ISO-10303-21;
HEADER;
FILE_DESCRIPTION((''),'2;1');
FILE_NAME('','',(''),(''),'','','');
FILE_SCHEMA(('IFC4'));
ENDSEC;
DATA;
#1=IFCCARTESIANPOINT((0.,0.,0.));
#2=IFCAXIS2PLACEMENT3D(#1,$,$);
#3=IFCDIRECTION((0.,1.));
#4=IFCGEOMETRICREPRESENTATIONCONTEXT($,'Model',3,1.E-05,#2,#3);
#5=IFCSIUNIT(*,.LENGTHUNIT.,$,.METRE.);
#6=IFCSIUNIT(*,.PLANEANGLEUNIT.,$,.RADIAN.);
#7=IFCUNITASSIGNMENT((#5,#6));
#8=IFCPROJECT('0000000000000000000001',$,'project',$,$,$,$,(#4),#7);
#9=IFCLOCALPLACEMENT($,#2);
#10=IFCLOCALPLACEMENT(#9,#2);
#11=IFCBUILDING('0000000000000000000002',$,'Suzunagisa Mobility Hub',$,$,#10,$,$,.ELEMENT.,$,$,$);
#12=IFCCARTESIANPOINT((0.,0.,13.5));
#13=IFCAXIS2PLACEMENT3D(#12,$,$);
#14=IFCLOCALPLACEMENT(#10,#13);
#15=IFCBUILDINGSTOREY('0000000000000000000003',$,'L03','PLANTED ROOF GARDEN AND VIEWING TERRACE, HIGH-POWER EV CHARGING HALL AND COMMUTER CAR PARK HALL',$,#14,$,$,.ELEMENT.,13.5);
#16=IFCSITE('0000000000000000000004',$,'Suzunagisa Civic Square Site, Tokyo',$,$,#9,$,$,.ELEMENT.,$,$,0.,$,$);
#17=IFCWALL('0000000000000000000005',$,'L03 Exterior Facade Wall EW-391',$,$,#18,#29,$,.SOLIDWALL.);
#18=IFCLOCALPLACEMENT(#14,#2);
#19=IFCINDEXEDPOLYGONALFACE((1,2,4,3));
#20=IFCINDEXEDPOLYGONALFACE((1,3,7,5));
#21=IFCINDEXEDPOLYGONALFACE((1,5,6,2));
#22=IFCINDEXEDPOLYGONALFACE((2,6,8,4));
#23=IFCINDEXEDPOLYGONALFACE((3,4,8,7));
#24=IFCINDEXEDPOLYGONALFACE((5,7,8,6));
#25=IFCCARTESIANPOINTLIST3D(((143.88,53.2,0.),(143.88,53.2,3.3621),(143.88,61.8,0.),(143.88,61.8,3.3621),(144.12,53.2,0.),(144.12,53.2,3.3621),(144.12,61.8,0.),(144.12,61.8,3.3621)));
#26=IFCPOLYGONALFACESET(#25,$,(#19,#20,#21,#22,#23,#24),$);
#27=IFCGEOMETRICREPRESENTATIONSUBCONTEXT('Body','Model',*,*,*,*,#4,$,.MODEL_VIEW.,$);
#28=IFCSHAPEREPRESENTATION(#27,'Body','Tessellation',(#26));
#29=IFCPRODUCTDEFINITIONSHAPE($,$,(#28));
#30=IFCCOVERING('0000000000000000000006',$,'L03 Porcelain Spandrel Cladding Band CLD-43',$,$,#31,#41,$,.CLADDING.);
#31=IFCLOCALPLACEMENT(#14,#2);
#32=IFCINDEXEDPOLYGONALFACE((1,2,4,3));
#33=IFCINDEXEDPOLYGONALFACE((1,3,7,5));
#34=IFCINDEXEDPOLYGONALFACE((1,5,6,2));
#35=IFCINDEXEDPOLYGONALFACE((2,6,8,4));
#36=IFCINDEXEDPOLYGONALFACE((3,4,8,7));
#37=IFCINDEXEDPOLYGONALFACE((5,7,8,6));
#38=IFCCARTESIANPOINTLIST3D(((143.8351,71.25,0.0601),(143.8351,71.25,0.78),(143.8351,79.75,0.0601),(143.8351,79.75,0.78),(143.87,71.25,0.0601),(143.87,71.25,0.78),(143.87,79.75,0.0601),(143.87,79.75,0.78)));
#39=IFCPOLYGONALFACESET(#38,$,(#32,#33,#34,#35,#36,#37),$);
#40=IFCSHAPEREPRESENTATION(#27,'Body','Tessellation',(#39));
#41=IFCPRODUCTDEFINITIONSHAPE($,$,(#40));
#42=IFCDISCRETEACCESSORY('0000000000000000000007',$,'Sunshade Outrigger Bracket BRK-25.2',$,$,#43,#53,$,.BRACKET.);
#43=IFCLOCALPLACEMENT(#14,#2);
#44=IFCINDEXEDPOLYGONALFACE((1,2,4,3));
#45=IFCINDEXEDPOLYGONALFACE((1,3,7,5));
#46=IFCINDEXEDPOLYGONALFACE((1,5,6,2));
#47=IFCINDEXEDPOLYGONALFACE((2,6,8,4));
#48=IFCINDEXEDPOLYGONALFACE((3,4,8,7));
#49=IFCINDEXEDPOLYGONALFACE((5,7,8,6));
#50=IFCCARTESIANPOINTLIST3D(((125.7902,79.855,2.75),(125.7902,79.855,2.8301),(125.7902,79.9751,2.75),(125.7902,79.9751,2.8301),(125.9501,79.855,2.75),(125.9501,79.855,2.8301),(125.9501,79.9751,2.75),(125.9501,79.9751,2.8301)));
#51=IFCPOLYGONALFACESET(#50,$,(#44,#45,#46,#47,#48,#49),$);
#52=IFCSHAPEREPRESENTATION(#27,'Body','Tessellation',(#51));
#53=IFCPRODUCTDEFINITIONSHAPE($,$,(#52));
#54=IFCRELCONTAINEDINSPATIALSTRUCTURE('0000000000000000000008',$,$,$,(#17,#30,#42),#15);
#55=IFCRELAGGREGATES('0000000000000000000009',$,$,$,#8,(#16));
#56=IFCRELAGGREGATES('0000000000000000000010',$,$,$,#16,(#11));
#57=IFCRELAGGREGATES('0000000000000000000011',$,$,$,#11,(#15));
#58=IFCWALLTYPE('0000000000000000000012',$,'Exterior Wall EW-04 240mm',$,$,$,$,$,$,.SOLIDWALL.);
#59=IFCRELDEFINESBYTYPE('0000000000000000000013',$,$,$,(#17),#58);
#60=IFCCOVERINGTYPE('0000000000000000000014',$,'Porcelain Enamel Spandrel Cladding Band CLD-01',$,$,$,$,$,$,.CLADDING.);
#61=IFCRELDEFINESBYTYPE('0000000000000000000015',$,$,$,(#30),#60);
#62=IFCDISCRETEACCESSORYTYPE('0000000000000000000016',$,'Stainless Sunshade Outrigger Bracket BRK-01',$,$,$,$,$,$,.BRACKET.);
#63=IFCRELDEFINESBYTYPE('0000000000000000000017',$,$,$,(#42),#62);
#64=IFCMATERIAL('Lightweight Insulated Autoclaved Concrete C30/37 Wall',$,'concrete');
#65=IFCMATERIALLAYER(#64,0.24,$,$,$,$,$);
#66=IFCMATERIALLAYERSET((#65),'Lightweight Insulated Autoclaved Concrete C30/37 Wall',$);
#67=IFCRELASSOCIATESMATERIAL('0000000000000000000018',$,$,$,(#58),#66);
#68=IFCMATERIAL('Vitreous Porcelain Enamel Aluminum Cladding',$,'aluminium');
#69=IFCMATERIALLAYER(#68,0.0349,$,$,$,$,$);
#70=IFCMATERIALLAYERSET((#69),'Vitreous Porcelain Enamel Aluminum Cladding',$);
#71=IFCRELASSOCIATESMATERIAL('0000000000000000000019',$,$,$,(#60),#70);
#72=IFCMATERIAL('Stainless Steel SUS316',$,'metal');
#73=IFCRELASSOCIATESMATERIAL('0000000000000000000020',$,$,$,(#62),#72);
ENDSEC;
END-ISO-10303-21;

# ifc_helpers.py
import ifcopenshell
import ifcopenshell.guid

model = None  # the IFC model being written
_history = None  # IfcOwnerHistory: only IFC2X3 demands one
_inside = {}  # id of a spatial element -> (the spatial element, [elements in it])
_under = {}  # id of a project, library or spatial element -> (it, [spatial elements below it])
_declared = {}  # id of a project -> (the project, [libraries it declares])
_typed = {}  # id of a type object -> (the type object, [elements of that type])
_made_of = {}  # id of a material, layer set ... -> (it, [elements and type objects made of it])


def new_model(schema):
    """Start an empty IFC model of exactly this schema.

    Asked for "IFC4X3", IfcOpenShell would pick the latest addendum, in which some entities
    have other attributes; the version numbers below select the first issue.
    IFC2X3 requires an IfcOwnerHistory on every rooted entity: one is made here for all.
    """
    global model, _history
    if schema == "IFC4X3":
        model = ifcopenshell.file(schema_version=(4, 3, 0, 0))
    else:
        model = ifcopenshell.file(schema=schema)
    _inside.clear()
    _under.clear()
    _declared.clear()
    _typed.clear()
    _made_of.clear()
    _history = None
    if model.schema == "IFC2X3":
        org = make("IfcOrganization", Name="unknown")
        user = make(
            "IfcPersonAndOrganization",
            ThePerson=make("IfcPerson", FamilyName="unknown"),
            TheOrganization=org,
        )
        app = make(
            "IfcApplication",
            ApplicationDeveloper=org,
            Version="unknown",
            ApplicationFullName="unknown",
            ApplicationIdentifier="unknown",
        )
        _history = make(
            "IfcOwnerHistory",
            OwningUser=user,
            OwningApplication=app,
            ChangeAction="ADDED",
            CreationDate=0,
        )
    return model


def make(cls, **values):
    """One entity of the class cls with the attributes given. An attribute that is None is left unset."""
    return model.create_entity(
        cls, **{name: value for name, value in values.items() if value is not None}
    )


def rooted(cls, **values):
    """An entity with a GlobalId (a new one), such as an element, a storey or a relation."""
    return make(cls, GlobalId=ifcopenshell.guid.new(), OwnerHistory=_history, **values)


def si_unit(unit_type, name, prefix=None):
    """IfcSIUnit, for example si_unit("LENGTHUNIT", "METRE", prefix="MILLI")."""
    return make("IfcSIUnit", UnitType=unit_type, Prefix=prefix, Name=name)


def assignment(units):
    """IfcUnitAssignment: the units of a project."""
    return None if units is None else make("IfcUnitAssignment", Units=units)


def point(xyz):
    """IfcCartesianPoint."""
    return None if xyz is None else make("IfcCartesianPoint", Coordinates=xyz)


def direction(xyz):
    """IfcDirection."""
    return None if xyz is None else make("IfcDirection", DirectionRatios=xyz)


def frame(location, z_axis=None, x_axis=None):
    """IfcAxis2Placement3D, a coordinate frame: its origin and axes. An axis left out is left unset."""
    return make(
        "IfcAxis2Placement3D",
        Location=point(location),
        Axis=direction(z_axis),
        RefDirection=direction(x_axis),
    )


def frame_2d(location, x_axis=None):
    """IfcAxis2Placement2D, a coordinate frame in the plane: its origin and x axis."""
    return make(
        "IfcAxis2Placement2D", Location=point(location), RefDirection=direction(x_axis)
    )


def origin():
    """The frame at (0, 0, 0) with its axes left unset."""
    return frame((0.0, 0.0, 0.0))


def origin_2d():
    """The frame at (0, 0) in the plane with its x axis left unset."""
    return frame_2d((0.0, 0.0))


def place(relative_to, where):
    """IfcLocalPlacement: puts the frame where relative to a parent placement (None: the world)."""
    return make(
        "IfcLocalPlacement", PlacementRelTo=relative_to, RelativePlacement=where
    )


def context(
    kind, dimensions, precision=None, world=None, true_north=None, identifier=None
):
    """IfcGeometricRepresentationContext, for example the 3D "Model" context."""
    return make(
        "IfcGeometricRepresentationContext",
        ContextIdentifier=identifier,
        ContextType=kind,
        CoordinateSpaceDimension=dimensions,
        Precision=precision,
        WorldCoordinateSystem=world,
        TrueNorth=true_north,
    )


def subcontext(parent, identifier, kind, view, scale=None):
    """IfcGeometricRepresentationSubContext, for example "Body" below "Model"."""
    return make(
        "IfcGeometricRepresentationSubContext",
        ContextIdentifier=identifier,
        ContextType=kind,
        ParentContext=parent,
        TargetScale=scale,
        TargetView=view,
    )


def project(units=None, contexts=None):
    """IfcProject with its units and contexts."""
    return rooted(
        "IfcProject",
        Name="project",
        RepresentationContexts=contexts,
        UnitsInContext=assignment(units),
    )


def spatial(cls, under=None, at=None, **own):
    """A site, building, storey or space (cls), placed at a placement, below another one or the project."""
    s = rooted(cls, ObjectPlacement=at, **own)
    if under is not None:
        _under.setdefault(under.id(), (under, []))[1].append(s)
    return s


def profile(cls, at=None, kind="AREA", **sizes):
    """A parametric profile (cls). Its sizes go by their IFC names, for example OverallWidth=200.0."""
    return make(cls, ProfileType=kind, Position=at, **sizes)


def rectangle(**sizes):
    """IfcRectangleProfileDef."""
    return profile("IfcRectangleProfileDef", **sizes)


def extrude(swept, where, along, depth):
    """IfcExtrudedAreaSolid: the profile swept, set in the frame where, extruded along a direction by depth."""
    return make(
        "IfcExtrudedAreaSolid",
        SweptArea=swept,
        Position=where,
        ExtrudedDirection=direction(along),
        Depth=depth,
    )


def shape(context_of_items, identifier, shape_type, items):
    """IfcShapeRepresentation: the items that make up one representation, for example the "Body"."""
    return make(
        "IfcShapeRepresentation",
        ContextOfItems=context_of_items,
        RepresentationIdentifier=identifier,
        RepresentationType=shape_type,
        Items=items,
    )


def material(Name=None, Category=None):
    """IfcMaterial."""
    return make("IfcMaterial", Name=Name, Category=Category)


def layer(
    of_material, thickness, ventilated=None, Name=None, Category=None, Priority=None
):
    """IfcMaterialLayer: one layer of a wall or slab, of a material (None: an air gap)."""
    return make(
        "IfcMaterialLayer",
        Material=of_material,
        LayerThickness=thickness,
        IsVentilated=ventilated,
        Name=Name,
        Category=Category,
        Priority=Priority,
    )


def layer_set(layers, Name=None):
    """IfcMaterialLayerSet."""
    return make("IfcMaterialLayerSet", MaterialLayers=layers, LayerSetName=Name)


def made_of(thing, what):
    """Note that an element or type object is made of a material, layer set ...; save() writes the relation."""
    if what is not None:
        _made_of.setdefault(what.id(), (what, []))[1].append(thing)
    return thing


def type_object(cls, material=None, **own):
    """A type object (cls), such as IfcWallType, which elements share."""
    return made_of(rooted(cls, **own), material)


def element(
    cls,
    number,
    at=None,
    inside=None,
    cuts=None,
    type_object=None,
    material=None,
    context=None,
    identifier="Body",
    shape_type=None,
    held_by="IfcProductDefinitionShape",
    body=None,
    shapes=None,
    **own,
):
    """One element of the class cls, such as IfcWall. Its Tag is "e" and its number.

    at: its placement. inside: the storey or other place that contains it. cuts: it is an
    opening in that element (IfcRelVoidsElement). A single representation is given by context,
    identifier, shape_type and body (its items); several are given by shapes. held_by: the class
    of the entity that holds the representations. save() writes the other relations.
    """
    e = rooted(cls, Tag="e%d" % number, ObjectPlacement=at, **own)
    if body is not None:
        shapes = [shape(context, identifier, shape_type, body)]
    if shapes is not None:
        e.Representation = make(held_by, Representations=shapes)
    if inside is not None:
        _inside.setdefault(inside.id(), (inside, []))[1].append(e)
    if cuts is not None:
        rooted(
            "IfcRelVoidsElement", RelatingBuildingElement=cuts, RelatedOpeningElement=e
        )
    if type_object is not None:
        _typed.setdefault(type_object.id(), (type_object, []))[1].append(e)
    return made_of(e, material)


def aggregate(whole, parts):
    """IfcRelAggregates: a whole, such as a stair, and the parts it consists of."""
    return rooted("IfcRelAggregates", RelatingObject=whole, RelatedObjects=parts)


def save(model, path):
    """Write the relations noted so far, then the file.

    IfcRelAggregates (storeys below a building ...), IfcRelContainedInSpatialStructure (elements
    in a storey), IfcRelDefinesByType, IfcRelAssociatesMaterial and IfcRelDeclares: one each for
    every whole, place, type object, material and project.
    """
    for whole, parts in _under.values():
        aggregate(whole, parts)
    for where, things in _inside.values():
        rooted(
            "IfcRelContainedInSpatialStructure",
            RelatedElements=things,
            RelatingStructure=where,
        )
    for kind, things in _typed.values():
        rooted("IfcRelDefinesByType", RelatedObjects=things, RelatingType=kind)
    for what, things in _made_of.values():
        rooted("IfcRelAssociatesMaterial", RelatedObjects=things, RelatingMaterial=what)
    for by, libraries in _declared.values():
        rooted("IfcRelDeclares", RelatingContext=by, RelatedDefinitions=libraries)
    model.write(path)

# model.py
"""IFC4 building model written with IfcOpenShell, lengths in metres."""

from ifc_helpers import new_model, si_unit, direction, frame, frame_2d, origin, origin_2d, place, context, subcontext, project, spatial, rectangle, extrude, material, layer, layer_set, type_object, element, save


model = new_model("IFC4")

# Units and contexts
model_context = context("Model", 3, precision=1e-05, world=origin(), true_north=direction((0.0, 1.0)))
body_context = subcontext(model_context, "Body", "Model", "MODEL_VIEW")
ifc_project = project(units=[si_unit("LENGTHUNIT", "METRE"), si_unit("PLANEANGLEUNIT", "RADIAN")], contexts=[model_context])

# Site, building, storey
site_placement = place(None, origin())
site = spatial("IfcSite", under=ifc_project, at=site_placement, Name="Suzunagisa Civic Square Site, Tokyo", CompositionType="ELEMENT", RefElevation=0.0)
building_placement = place(site_placement, origin())
building = spatial("IfcBuilding", under=site, at=building_placement, Name="Suzunagisa Mobility Hub", CompositionType="ELEMENT")
storey_placement = place(building_placement, frame((0.0, 0.0, 13.5)))
storey = spatial("IfcBuildingStorey", under=building, at=storey_placement, Name="L03", Description="PLANTED ROOF GARDEN AND VIEWING TERRACE, HIGH-POWER EV CHARGING HALL AND COMMUTER CAR PARK HALL", CompositionType="ELEMENT", Elevation=13.5)

# Wall
ifc_material_1 = material(Name="Lightweight Insulated Autoclaved Concrete C30/37 Wall", Category="concrete")
ifc_layer_1 = layer(ifc_material_1, 0.24)
ifc_layer_set_1 = layer_set([ifc_layer_1], Name="Lightweight Insulated Autoclaved Concrete C30/37 Wall")
wall_type = type_object("IfcWallType", Name="Exterior Wall EW-04 240mm", PredefinedType="SOLIDWALL", material=ifc_layer_set_1)
wall_1_placement = place(storey_placement, frame((144.0, 61.8, 0.0), z_axis=(0.0, 0.0, 1.0), x_axis=(0.0, -1.0, 0.0)))
element("IfcWall", 1, at=wall_1_placement, inside=storey, type_object=wall_type, Name="L03 Exterior Facade Wall EW-391", PredefinedType="SOLIDWALL", context=body_context, shape_type="SweptSolid", body=[
    extrude(rectangle(XDim=8.6001, YDim=0.24, at=frame_2d((4.3, 0.0))), origin(), (0.0, 0.0, 1.0), 3.3621),
])

# Covering
ifc_material_2 = material(Name="Vitreous Porcelain Enamel Aluminum Cladding", Category="aluminium")
ifc_layer_2 = layer(ifc_material_2, 0.0349)
ifc_layer_set_2 = layer_set([ifc_layer_2], Name="Vitreous Porcelain Enamel Aluminum Cladding")
covering_type = type_object("IfcCoveringType", Name="Porcelain Enamel Spandrel Cladding Band CLD-01", PredefinedType="CLADDING", material=ifc_layer_set_2)
covering_placement = place(storey_placement, frame((143.8525, 75.5, 0.0601), z_axis=(0.0, 0.0, 1.0), x_axis=(0.0, -1.0, 0.0)))
element("IfcCovering", 2, at=covering_placement, inside=storey, type_object=covering_type, Name="L03 Porcelain Spandrel Cladding Band CLD-43", PredefinedType="CLADDING", context=body_context, shape_type="SweptSolid", body=[
    extrude(rectangle(XDim=8.5, YDim=0.0349, at=origin_2d()), origin(), (0.0, 0.0, 1.0), 0.72),
])

# Discrete accessory
ifc_material_3 = material(Name="Stainless Steel SUS316", Category="metal")
discrete_accessory_type = type_object("IfcDiscreteAccessoryType", Name="Stainless Sunshade Outrigger Bracket BRK-01", PredefinedType="BRACKET", material=ifc_material_3)
discrete_accessory_placement = place(storey_placement, frame((125.8701, 79.915, 2.75), z_axis=(0.0, 0.0, 1.0), x_axis=(1.0, 0.0, 0.0)))
element("IfcDiscreteAccessory", 3, at=discrete_accessory_placement, inside=storey, type_object=discrete_accessory_type, Name="Sunshade Outrigger Bracket BRK-25.2", PredefinedType="BRACKET", context=body_context, shape_type="SweptSolid", body=[
    extrude(rectangle(XDim=0.1599, YDim=0.1201, at=origin_2d()), origin(), (0.0, 0.0, 1.0), 0.0801),
])

save(model, "model.ifc")
